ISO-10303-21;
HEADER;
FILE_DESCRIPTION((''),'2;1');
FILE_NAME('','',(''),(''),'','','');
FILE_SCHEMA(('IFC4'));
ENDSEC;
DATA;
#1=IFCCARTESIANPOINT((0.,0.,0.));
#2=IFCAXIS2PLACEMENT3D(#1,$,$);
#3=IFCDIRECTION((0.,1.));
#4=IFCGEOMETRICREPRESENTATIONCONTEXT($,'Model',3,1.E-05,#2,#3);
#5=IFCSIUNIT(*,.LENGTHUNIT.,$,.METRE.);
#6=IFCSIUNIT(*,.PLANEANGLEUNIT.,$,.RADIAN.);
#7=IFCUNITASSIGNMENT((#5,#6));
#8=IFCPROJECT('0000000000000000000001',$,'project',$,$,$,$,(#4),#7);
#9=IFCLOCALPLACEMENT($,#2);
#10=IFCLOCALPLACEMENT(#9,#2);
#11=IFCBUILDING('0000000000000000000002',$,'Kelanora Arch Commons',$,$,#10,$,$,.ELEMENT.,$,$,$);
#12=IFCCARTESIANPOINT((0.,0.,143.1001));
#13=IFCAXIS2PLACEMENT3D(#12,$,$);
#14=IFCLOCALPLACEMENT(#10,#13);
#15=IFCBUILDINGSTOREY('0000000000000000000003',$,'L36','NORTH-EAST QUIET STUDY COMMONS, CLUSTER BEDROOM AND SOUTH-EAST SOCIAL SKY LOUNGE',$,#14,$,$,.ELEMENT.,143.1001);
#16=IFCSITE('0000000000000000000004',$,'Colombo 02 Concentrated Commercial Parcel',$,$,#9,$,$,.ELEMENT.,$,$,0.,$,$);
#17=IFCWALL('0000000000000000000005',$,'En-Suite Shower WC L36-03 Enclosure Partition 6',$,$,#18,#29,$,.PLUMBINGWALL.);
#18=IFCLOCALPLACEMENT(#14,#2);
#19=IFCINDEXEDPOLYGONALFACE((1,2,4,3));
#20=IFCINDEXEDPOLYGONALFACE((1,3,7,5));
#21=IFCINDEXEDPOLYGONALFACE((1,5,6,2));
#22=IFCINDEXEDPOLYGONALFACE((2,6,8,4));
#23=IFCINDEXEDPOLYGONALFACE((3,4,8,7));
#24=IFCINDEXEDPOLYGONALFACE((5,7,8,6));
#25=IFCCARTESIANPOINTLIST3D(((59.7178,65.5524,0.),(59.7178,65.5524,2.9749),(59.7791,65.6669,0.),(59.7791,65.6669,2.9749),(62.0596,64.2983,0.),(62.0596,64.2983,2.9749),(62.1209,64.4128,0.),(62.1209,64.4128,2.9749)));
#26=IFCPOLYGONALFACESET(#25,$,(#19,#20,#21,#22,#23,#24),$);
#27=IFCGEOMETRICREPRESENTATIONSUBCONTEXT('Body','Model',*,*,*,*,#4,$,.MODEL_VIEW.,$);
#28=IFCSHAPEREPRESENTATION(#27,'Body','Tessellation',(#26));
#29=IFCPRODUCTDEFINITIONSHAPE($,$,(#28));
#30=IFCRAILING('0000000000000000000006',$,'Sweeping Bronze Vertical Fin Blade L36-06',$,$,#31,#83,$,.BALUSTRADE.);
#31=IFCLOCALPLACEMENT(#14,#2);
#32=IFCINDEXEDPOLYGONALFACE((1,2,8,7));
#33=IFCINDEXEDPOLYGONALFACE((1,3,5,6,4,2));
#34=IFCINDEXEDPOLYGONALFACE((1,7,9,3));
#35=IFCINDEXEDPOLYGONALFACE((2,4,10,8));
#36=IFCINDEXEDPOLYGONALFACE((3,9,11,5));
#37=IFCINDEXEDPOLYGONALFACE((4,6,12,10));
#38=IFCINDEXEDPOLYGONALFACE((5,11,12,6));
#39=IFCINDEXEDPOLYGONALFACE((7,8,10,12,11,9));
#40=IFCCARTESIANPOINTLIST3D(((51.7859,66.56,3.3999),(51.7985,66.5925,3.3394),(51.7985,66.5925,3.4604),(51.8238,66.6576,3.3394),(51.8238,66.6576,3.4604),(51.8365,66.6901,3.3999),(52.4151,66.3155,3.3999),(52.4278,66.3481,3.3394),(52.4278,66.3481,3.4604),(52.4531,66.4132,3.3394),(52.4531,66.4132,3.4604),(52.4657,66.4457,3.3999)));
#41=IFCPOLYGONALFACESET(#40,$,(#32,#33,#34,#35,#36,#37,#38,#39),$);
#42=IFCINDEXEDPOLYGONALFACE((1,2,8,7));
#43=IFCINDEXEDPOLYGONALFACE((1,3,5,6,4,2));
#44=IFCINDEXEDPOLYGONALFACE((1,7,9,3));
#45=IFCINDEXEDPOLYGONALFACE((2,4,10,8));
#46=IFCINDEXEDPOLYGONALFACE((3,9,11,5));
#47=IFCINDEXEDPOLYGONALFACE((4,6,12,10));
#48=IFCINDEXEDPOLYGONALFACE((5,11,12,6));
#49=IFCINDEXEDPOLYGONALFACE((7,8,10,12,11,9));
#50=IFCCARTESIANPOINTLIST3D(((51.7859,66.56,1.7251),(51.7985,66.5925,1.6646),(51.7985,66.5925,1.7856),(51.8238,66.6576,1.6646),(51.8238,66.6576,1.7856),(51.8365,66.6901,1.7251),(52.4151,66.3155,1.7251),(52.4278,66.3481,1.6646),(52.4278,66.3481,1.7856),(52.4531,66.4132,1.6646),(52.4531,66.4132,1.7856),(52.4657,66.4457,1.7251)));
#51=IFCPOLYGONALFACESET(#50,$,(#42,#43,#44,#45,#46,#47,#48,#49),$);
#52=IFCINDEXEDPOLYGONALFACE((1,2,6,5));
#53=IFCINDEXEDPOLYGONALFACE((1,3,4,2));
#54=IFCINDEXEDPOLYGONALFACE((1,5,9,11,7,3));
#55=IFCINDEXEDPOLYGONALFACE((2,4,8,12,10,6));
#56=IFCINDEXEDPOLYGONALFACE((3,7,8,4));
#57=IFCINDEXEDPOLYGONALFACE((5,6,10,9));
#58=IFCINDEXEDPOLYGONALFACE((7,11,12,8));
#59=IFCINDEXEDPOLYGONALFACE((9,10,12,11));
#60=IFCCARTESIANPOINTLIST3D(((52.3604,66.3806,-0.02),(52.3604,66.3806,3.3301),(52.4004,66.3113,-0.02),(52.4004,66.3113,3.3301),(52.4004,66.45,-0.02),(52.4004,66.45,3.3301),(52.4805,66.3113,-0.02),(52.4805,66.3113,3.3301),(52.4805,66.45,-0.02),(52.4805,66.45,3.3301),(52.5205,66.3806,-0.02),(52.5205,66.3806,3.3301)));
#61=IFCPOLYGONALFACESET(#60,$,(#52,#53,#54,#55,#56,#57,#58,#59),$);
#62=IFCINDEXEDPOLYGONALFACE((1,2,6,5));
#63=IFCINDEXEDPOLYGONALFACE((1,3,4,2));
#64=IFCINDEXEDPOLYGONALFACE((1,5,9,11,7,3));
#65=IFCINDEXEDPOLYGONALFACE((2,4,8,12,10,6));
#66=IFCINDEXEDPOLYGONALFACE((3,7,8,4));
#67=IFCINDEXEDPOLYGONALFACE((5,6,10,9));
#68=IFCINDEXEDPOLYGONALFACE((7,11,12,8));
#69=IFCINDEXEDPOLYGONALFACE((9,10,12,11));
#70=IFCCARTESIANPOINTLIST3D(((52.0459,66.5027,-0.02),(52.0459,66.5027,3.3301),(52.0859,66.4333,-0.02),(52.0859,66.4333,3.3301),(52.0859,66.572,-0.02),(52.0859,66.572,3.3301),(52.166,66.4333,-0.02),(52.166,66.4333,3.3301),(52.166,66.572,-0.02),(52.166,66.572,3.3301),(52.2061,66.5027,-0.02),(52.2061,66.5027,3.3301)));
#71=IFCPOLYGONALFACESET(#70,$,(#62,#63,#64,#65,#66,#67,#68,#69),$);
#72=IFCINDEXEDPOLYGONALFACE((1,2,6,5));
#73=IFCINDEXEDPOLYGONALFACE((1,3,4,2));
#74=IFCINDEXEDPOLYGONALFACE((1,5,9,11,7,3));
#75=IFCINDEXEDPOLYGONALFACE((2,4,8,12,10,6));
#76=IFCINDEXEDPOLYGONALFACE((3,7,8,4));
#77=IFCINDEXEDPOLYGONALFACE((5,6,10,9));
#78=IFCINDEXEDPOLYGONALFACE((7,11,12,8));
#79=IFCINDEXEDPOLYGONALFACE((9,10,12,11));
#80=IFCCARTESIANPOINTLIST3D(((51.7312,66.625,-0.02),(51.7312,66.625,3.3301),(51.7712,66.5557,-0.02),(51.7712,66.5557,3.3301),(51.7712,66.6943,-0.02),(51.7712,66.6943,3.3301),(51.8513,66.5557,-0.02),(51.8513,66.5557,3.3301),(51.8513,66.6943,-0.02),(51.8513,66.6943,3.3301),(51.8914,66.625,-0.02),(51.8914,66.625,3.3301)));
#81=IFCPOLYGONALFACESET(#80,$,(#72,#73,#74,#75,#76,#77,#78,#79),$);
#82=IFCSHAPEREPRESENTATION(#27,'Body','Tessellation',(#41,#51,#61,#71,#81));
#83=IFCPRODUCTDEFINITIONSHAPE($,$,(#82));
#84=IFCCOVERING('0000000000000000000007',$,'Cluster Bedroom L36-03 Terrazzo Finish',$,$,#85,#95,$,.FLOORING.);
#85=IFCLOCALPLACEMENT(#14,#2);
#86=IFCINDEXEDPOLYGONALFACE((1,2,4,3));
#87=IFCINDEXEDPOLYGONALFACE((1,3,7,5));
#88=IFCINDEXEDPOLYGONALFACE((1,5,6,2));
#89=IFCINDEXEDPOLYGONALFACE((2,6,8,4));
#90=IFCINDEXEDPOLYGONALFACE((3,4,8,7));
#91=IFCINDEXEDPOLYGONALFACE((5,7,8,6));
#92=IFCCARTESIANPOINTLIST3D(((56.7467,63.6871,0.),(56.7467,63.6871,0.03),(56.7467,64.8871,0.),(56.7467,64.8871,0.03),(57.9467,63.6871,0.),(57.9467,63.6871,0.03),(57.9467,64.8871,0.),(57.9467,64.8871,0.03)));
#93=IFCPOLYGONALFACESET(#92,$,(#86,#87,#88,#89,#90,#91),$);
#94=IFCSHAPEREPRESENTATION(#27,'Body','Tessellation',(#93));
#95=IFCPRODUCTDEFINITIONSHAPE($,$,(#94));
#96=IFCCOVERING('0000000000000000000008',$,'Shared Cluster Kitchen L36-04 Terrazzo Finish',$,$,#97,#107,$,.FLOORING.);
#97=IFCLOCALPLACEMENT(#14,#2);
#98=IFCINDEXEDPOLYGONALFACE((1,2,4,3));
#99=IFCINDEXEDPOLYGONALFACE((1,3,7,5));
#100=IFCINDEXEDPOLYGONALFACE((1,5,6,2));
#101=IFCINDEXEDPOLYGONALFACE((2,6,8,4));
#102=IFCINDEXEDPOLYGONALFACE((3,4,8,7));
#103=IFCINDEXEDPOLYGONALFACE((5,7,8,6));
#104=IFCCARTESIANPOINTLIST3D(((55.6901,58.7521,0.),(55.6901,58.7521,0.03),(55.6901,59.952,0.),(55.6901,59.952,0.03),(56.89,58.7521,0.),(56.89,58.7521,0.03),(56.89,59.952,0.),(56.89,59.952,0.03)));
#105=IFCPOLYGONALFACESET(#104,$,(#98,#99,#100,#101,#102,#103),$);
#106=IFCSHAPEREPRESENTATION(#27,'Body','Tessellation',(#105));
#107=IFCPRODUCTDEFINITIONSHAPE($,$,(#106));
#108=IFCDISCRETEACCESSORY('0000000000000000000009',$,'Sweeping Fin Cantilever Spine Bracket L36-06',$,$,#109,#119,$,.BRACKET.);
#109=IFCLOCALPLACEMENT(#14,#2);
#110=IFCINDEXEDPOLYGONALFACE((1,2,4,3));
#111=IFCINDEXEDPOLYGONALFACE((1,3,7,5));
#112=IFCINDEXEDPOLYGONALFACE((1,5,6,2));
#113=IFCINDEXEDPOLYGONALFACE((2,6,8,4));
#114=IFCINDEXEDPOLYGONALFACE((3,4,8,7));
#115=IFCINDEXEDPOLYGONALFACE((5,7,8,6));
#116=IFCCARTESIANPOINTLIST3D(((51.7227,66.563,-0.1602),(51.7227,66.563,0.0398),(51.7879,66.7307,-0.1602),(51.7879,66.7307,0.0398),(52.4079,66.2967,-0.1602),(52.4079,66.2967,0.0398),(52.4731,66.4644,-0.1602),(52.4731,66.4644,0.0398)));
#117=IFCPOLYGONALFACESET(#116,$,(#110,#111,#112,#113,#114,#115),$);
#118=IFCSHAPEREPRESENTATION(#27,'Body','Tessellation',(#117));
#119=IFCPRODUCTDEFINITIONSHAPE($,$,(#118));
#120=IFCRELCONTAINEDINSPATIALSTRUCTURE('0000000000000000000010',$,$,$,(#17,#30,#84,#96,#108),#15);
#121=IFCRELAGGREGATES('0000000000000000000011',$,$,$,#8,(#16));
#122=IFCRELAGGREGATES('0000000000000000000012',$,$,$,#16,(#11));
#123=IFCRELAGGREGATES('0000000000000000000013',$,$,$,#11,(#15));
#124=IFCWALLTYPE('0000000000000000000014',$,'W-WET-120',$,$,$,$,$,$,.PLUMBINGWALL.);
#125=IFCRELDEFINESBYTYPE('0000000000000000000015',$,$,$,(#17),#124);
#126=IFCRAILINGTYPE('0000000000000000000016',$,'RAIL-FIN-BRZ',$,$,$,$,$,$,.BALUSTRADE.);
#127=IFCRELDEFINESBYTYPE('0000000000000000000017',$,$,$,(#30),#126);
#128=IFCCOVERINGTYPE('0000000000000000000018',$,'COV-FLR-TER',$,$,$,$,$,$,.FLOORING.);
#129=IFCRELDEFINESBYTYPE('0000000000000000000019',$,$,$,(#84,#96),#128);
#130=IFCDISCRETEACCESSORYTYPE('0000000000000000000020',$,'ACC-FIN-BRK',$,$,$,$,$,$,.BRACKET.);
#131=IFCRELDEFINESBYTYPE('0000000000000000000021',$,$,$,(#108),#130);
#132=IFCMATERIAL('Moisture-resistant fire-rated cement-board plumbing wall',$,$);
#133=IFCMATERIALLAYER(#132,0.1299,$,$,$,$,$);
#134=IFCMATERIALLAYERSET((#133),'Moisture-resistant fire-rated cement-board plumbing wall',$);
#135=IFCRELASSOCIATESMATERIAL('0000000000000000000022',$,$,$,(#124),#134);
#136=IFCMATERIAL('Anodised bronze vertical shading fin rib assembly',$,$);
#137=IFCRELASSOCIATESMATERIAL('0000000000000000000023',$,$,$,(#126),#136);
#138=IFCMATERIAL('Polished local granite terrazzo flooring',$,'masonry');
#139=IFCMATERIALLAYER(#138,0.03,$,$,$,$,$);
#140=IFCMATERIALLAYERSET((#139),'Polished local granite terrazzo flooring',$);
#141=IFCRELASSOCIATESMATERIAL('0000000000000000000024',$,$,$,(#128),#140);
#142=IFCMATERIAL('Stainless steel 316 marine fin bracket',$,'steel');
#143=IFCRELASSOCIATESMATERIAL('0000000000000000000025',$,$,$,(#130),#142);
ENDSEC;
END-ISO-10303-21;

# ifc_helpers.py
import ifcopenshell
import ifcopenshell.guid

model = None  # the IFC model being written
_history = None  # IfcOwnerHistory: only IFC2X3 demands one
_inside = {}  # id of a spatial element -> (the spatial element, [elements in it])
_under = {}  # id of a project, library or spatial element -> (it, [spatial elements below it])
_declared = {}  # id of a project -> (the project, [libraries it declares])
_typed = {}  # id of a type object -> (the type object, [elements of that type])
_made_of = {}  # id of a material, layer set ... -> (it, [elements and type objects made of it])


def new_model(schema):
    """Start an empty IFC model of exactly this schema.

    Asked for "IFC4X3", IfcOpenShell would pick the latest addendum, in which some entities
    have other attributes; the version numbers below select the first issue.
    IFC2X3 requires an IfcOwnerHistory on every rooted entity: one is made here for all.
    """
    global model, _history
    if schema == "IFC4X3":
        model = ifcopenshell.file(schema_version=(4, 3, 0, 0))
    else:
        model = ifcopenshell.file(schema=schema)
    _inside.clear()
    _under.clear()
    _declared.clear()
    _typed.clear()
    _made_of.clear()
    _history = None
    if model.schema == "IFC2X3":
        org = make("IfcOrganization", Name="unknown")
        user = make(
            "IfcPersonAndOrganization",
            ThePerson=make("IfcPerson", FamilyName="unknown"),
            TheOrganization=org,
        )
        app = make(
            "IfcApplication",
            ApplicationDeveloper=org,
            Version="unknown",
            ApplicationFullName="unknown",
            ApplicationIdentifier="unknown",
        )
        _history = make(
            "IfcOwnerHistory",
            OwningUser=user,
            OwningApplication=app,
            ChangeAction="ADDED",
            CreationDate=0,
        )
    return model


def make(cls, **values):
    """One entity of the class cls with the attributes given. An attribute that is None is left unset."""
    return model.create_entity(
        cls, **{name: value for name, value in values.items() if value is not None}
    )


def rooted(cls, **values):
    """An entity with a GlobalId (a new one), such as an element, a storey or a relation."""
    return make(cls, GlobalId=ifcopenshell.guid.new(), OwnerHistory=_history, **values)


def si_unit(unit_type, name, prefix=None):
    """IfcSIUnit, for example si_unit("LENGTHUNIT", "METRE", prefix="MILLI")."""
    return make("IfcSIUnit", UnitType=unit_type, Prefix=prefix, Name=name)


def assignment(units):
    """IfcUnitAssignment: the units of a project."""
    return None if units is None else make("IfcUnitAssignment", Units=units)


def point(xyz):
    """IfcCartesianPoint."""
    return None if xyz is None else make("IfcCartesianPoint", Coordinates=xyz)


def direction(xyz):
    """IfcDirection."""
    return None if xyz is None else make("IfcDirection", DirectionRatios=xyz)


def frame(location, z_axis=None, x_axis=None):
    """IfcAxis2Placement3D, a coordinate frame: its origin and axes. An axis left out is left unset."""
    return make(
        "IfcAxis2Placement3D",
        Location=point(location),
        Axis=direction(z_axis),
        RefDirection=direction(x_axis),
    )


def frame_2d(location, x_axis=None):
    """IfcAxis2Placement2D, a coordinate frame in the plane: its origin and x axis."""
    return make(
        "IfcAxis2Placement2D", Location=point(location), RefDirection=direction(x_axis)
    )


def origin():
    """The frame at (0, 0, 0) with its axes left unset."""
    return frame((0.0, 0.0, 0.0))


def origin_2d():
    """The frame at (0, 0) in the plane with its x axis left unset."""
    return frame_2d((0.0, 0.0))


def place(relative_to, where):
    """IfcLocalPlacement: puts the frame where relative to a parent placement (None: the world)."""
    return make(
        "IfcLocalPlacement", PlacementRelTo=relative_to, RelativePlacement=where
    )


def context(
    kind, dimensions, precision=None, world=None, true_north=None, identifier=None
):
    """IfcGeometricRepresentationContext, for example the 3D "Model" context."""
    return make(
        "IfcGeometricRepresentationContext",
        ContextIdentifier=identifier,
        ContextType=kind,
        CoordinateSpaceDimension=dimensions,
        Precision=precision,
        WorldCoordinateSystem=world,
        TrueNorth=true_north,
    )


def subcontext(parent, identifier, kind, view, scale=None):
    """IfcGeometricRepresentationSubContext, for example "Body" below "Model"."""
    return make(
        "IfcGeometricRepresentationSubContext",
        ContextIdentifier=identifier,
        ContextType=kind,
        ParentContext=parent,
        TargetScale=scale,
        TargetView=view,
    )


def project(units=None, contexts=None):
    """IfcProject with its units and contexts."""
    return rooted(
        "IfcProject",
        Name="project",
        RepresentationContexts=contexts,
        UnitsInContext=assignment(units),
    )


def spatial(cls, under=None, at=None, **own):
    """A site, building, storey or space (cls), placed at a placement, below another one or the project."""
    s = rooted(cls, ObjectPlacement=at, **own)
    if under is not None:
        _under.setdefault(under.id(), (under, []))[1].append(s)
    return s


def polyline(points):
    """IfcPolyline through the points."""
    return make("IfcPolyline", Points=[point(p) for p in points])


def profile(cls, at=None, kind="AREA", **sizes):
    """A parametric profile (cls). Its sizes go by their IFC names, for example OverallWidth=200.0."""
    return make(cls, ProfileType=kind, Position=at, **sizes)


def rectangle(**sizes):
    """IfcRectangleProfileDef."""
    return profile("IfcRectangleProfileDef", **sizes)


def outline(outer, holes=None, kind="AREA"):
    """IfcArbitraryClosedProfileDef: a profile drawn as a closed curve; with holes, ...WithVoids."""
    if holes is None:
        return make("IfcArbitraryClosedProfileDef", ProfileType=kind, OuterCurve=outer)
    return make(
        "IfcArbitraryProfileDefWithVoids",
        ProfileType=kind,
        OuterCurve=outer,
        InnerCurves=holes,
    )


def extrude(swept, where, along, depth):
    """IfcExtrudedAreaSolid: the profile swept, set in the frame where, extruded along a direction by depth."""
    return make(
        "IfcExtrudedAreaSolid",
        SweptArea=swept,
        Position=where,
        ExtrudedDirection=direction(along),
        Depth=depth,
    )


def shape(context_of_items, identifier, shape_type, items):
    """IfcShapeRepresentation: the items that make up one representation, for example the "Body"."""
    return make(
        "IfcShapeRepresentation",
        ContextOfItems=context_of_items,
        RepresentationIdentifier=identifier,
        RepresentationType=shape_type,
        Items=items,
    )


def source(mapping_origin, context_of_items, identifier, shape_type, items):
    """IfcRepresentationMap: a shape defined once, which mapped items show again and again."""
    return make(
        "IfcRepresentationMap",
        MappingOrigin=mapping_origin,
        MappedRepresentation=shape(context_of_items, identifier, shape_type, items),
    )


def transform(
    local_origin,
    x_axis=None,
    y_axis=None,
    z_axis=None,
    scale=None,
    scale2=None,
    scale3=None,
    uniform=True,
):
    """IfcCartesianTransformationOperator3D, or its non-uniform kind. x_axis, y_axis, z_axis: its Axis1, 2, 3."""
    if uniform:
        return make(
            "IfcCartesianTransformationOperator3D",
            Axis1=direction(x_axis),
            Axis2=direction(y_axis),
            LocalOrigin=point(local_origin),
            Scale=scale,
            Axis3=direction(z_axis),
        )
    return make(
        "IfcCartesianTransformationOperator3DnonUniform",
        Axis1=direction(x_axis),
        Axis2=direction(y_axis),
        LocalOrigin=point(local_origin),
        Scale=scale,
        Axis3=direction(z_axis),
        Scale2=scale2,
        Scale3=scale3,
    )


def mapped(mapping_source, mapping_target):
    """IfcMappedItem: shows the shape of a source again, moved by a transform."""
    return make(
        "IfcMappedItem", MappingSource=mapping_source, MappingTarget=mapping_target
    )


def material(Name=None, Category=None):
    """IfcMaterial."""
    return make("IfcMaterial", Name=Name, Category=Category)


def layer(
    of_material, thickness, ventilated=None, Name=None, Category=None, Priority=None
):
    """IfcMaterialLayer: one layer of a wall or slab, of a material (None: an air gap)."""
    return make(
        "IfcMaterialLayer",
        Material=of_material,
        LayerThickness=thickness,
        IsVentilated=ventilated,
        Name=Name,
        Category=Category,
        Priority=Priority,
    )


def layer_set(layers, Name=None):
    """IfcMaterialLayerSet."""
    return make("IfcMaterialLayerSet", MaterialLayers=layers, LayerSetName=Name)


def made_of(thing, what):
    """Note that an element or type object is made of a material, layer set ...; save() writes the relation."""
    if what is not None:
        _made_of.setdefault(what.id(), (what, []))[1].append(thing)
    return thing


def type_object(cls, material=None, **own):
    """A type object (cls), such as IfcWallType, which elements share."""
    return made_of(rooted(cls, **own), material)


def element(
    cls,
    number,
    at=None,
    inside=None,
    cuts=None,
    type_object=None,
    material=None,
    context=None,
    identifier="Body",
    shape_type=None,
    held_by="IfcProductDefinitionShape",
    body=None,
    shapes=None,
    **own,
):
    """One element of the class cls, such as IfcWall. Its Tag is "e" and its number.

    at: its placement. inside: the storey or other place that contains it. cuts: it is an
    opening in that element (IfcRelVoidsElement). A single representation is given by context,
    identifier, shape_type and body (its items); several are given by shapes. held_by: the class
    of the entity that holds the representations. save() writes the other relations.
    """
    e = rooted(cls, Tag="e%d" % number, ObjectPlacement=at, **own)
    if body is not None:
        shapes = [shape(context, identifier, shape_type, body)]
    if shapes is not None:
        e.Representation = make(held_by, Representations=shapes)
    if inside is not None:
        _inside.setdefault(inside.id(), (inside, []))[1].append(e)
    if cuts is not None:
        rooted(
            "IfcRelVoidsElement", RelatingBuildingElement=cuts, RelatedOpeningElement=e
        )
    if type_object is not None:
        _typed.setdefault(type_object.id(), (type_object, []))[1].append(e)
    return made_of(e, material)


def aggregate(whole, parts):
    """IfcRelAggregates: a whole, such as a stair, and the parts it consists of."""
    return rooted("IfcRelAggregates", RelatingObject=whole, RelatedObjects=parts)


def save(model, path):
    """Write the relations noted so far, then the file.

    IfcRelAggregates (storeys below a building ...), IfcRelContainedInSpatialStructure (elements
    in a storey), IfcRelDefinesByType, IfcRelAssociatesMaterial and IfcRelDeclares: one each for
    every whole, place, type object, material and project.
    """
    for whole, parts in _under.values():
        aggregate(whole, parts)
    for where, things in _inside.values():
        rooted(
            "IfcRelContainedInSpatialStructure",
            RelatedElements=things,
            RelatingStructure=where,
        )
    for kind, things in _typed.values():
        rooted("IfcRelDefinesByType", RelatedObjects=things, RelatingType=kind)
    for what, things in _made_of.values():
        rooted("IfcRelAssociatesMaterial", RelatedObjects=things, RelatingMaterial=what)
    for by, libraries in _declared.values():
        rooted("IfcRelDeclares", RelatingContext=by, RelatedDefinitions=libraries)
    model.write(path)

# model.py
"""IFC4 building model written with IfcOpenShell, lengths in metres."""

from ifc_helpers import new_model, si_unit, direction, frame, frame_2d, origin, origin_2d, place, context, subcontext, project, spatial, polyline, rectangle, outline, extrude, source, transform, mapped, material, layer, layer_set, type_object, element, save


model = new_model("IFC4")

# Units and contexts
model_context = context("Model", 3, precision=1e-05, world=origin(), true_north=direction((0.0, 1.0)))
body_context = subcontext(model_context, "Body", "Model", "MODEL_VIEW")
ifc_project = project(units=[si_unit("LENGTHUNIT", "METRE"), si_unit("PLANEANGLEUNIT", "RADIAN")], contexts=[model_context])

# Site, building, storey
site_placement = place(None, origin())
site = spatial("IfcSite", under=ifc_project, at=site_placement, Name="Colombo 02 Concentrated Commercial Parcel", CompositionType="ELEMENT", RefElevation=0.0)
building_placement = place(site_placement, origin())
building = spatial("IfcBuilding", under=site, at=building_placement, Name="Kelanora Arch Commons", CompositionType="ELEMENT")
storey_placement = place(building_placement, frame((0.0, 0.0, 143.1001)))
storey = spatial("IfcBuildingStorey", under=building, at=storey_placement, Name="L36", Description="NORTH-EAST QUIET STUDY COMMONS, CLUSTER BEDROOM AND SOUTH-EAST SOCIAL SKY LOUNGE", CompositionType="ELEMENT", Elevation=143.1001)

# Wall
ifc_material_1 = material(Name="Moisture-resistant fire-rated cement-board plumbing wall")
ifc_layer_1 = layer(ifc_material_1, 0.1299)
ifc_layer_set_1 = layer_set([ifc_layer_1], Name="Moisture-resistant fire-rated cement-board plumbing wall")
wall_type_1 = type_object("IfcWallType", Name="W-WET-120", PredefinedType="PLUMBINGWALL", material=ifc_layer_set_1)
wall_1_placement = place(storey_placement, frame((59.7485, 65.6096, 0.0), z_axis=(0.0, 0.0, 1.0), x_axis=(0.88154, -0.472109, 0.0)))
element("IfcWall", 1, at=wall_1_placement, inside=storey, type_object=wall_type_1, Name="En-Suite Shower WC L36-03 Enclosure Partition 6", PredefinedType="PLUMBINGWALL", context=body_context, shape_type="SweptSolid", body=[
    extrude(rectangle(XDim=2.6565, YDim=0.1299, at=frame_2d((1.3281, 0.0))), origin(), (0.0, 0.0, 1.0), 2.9749),
])

# Railing
ifc_material_2 = material(Name="Anodised bronze vertical shading fin rib assembly")
railing_type = type_object("IfcRailingType", Name="RAIL-FIN-BRZ", PredefinedType="BALUSTRADE", material=ifc_material_2)
railing_placement = place(storey_placement, frame((52.4404, 66.3806, -0.02)))
element("IfcRailing", 2, at=railing_placement, inside=storey, type_object=railing_type, Name="Sweeping Bronze Vertical Fin Blade L36-06", PredefinedType="BALUSTRADE", context=body_context, shape_type="SweptSolid", body=[
    extrude(outline(polyline([(0.0698, 0.0), (0.0349, 0.0605), (-0.0349, 0.0605), (-0.0698, 0.0), (-0.0349, -0.0605), (0.0349, -0.0605), (0.0698, 0.0)])), frame((0.0, 0.0, 3.4199), z_axis=(-0.932147, 0.36208, 0.0), x_axis=(-0.36208, -0.932147, 0.0)), (0.0, 0.0, 1.0), 0.675),
    extrude(outline(polyline([(0.0698, 0.0), (0.0349, 0.0605), (-0.0349, 0.0605), (-0.0698, 0.0), (-0.0349, -0.0605), (0.0349, -0.0605), (0.0698, 0.0)])), frame((0.0, 0.0, 1.7451), z_axis=(-0.932147, 0.36208, 0.0), x_axis=(-0.36208, -0.932147, 0.0)), (0.0, 0.0, 1.0), 0.675),
    extrude(outline(polyline([(0.0801, 0.0), (0.04, 0.0693), (-0.04, 0.0693), (-0.0801, 0.0), (-0.04, -0.0693), (0.04, -0.0693), (0.0801, 0.0)])), origin(), (0.0, 0.0, 1.0), 3.3501),
    extrude(outline(polyline([(0.0801, 0.0), (0.04, 0.0693), (-0.04, 0.0693), (-0.0801, 0.0), (-0.04, -0.0693), (0.04, -0.0693), (0.0801, 0.0)])), frame((-0.3145, 0.1221, 0.0)), (0.0, 0.0, 1.0), 3.3501),
    extrude(outline(polyline([(0.0801, 0.0), (0.04, 0.0693), (-0.04, 0.0693), (-0.0801, 0.0), (-0.04, -0.0693), (0.04, -0.0693), (0.0801, 0.0)])), frame((-0.6292, 0.2444, 0.0)), (0.0, 0.0, 1.0), 3.3501),
])

# Coverings
ifc_material_3 = material(Name="Polished local granite terrazzo flooring", Category="masonry")
ifc_layer_2 = layer(ifc_material_3, 0.03)
ifc_layer_set_2 = layer_set([ifc_layer_2], Name="Polished local granite terrazzo flooring")
covering_type = type_object("IfcCoveringType", Name="COV-FLR-TER", PredefinedType="FLOORING", material=ifc_layer_set_2)
shared_shape_1 = source(origin(), body_context, "Body", "SweptSolid", [
    extrude(rectangle(XDim=1.2, YDim=1.2, at=origin_2d()), origin(), (0.0, 0.0, 1.0), 0.03),
])
for number, where, z_axis, x_axis, name in (
    (3, (57.3467, 64.2871, 0.0), (0.0, 0.0, 1.0), (1.0, 0.0, 0.0), "Cluster Bedroom L36-03 Terrazzo Finish"),
    (4, (56.29, 59.3521, 0.0), (0.0, 0.0, 1.0), (1.0, 0.0, 0.0), "Shared Cluster Kitchen L36-04 Terrazzo Finish"),
):
    element("IfcCovering", number, at=place(storey_placement, frame(where, z_axis=z_axis, x_axis=x_axis)), inside=storey, type_object=covering_type, Name=name, PredefinedType="FLOORING", context=body_context, shape_type="MappedRepresentation", body=[
        mapped(shared_shape_1, transform((0.0, 0.0, 0.0), scale=1.0)),
    ])

# Discrete accessory
ifc_material_4 = material(Name="Stainless steel 316 marine fin bracket", Category="steel")
discrete_accessory_type = type_object("IfcDiscreteAccessoryType", Name="ACC-FIN-BRK", PredefinedType="BRACKET", material=ifc_material_4)
shared_shape_2 = source(origin(), body_context, "Body", "SweptSolid", [
    extrude(rectangle(XDim=0.7351, YDim=0.1799, at=origin_2d()), origin(), (0.0, 0.0, 1.0), 0.2),
])
discrete_accessory_placement = place(storey_placement, frame((52.0979, 66.5137, -0.1602), z_axis=(0.0, 0.0, 1.0), x_axis=(-0.932071, 0.362275, 0.0)))
element("IfcDiscreteAccessory", 5, at=discrete_accessory_placement, inside=storey, type_object=discrete_accessory_type, Name="Sweeping Fin Cantilever Spine Bracket L36-06", PredefinedType="BRACKET", context=body_context, shape_type="MappedRepresentation", body=[
    mapped(shared_shape_2, transform((0.0, 0.0, 0.0), scale=1.0)),
])

save(model, "model.ifc")
